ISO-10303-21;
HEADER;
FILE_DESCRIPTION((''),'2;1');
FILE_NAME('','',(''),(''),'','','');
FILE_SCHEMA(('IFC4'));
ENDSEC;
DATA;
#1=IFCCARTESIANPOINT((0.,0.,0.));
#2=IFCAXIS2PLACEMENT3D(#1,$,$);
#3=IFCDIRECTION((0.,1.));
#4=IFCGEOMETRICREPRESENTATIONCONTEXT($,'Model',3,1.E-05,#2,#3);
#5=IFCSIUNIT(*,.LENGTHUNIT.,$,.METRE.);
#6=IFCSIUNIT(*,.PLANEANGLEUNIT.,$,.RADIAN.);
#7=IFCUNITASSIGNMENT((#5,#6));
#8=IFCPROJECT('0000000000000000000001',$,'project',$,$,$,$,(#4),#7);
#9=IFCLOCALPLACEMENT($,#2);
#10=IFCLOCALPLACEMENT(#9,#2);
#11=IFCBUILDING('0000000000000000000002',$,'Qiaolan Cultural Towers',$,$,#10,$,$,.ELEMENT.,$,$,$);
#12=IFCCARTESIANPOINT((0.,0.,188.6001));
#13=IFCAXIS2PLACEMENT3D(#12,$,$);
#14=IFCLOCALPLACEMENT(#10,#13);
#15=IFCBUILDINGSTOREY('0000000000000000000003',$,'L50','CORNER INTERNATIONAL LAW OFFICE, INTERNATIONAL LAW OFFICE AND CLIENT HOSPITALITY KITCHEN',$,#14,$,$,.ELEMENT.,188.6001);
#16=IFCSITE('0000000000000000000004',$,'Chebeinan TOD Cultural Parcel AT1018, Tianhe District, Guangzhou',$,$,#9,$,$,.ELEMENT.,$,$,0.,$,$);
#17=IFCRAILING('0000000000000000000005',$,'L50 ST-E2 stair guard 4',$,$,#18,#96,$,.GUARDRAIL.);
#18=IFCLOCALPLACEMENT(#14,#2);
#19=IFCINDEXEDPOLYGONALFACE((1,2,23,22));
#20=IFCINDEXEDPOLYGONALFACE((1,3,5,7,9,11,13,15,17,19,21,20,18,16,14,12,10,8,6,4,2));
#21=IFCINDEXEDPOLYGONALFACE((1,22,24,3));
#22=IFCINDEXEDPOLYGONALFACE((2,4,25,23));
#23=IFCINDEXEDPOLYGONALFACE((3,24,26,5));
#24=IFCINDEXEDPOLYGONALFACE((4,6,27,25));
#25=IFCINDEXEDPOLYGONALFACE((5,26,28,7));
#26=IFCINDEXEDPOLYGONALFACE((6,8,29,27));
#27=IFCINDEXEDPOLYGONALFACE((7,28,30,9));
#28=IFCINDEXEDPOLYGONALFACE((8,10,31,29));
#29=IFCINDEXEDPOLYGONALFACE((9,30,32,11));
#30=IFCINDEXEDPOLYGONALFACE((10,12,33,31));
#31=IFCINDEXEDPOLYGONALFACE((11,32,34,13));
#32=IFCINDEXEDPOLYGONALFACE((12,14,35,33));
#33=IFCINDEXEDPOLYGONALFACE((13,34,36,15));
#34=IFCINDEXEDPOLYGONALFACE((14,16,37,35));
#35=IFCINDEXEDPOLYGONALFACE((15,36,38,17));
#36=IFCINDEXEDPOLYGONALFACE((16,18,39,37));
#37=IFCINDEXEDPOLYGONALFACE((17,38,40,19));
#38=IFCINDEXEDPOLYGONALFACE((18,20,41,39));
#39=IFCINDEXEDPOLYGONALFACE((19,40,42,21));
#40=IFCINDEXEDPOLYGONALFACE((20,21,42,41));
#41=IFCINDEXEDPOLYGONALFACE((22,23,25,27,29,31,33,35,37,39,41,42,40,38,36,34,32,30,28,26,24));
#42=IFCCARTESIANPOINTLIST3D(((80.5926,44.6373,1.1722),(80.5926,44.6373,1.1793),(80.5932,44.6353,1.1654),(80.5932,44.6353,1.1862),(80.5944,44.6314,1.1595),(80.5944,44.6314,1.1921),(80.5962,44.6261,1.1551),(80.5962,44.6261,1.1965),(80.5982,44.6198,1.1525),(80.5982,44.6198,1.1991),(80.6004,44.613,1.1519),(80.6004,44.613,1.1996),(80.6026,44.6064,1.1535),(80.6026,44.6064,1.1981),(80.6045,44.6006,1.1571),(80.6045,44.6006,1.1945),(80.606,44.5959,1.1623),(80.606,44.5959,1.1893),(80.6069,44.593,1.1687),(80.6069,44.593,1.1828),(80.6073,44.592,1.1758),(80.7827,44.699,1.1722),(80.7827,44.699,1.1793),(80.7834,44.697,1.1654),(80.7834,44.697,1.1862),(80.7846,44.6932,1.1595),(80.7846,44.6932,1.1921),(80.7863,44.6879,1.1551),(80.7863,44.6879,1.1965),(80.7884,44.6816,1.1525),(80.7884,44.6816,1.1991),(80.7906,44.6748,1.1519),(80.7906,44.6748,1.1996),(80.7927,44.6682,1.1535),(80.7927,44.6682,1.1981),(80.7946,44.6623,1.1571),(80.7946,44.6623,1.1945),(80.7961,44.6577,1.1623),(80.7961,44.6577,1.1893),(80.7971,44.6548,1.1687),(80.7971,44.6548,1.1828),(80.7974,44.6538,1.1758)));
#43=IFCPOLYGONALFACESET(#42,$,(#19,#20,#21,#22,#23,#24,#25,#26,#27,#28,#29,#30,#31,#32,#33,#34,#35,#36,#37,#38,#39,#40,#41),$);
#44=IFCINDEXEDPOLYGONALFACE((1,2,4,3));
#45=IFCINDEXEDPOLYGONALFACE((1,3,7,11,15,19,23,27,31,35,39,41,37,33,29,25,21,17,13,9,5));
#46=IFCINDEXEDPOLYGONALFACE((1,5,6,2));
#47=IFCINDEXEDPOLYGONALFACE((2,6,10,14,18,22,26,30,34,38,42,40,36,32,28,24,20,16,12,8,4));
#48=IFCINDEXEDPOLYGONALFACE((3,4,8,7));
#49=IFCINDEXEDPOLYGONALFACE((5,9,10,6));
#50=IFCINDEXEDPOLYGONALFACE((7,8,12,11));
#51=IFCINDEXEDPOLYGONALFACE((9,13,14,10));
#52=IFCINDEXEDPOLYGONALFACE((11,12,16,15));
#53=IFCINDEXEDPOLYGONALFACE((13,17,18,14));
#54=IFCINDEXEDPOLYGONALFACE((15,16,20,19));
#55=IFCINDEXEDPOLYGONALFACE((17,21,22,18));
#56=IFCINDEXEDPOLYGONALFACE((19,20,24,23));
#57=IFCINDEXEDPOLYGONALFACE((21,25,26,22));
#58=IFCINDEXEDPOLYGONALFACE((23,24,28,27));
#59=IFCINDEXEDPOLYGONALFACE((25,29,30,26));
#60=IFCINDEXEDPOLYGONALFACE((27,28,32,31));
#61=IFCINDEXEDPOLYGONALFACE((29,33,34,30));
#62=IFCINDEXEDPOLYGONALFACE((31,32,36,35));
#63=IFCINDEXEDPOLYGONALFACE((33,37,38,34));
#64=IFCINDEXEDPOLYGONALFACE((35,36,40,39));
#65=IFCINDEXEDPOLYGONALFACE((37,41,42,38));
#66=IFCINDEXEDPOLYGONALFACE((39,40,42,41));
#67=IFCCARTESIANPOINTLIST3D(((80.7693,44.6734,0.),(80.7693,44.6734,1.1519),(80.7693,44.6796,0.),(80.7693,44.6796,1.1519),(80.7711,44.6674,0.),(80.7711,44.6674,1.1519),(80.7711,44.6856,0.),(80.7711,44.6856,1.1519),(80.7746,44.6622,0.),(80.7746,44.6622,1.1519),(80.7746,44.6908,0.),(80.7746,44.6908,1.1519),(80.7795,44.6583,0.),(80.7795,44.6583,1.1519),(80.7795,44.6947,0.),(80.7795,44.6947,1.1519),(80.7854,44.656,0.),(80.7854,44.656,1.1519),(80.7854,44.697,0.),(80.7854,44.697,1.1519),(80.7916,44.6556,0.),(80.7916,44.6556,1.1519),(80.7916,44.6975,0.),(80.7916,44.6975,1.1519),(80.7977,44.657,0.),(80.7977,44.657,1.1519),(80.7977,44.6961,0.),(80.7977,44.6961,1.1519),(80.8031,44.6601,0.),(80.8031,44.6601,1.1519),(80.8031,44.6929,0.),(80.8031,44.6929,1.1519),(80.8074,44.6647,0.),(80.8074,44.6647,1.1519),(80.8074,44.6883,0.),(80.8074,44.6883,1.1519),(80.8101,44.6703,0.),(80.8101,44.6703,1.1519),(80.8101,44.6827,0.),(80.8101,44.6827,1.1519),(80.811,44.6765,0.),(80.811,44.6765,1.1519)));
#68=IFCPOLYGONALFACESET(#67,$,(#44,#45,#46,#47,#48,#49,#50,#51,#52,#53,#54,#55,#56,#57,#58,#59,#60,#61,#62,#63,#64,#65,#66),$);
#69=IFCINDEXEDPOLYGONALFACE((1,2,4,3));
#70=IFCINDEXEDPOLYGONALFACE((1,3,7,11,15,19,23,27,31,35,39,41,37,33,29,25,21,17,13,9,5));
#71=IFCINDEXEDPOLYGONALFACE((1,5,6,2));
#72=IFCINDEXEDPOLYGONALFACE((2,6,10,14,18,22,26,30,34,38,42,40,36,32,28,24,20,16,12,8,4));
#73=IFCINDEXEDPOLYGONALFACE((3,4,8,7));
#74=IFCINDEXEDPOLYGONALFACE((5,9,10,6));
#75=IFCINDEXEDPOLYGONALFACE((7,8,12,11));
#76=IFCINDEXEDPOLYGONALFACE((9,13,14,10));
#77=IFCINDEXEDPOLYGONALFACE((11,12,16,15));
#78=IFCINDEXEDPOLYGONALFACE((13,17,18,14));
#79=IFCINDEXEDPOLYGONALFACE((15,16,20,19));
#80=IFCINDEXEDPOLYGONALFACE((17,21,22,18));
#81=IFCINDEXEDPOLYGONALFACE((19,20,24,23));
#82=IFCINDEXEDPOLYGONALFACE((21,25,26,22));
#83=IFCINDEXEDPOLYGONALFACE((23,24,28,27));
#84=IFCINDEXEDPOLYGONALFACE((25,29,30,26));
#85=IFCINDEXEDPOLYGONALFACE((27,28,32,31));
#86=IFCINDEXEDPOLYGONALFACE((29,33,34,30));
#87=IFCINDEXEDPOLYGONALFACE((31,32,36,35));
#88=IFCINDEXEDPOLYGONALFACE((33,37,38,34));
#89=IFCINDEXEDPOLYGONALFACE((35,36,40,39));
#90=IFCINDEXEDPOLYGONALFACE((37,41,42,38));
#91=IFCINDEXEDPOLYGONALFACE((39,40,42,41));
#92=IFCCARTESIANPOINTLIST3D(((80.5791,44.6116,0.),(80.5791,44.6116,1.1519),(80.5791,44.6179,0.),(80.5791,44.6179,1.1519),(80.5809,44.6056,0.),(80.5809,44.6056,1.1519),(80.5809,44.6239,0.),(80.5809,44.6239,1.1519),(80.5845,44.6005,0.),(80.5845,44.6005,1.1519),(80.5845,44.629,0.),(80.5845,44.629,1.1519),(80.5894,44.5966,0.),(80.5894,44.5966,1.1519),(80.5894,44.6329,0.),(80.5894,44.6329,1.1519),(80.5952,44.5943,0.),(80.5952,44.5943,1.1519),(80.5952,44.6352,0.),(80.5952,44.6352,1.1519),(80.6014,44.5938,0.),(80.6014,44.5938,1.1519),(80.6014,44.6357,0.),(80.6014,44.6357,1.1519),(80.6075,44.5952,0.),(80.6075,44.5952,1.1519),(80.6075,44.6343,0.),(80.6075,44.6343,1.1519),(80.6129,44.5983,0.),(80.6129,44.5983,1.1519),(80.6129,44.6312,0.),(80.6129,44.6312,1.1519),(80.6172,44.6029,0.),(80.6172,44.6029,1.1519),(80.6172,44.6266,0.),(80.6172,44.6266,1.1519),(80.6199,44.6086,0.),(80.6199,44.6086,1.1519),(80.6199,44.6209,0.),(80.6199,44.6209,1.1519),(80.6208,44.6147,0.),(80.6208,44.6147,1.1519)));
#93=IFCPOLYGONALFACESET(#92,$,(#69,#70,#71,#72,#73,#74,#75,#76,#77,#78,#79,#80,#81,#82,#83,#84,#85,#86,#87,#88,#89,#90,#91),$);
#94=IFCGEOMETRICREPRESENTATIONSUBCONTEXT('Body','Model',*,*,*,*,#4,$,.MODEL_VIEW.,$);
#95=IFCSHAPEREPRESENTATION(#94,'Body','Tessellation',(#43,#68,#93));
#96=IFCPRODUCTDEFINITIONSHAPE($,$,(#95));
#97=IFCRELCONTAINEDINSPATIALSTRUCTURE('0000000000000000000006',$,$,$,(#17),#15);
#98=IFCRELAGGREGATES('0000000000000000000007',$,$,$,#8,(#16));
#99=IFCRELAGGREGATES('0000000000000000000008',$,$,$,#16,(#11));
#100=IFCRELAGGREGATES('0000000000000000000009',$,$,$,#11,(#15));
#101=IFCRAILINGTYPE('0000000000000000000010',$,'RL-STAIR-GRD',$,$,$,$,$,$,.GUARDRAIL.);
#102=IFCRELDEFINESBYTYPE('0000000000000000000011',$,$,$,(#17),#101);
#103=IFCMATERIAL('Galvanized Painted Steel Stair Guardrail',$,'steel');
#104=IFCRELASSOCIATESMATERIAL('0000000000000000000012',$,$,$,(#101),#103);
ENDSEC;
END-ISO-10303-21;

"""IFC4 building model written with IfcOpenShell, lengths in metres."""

from ifc_helpers import new_model, si_unit, direction, frame, origin, origin_2d, place, context, subcontext, project, spatial, circle, extrude, material, type_object, element, save


model = new_model("IFC4")

# Units and contexts
model_context = context("Model", 3, precision=1e-05, world=origin(), true_north=direction((0.0, 1.0)))
body_context = subcontext(model_context, "Body", "Model", "MODEL_VIEW")
ifc_project = project(units=[si_unit("LENGTHUNIT", "METRE"), si_unit("PLANEANGLEUNIT", "RADIAN")], contexts=[model_context])

# Site, building, storey
site_placement = place(None, origin())
site = spatial("IfcSite", under=ifc_project, at=site_placement, Name="Chebeinan TOD Cultural Parcel AT1018, Tianhe District, Guangzhou", CompositionType="ELEMENT", RefElevation=0.0)
building_placement = place(site_placement, origin())
building = spatial("IfcBuilding", under=site, at=building_placement, Name="Qiaolan Cultural Towers", CompositionType="ELEMENT")
storey_placement = place(building_placement, frame((0.0, 0.0, 188.6001)))
storey = spatial("IfcBuildingStorey", under=building, at=storey_placement, Name="L50", Description="CORNER INTERNATIONAL LAW OFFICE, INTERNATIONAL LAW OFFICE AND CLIENT HOSPITALITY KITCHEN", CompositionType="ELEMENT", Elevation=188.6001)

# Railing
ifc_material_1 = material(Name="Galvanized Painted Steel Stair Guardrail", Category="steel")
railing_type_1 = type_object("IfcRailingType", Name="RL-STAIR-GRD", PredefinedType="GUARDRAIL", material=ifc_material_1)
railing_1_placement = place(storey_placement, frame((80.79, 44.6765, 0.0)))
element("IfcRailing", 1, at=railing_1_placement, inside=storey, type_object=railing_type_1, Name="L50 ST-E2 stair guard 4", PredefinedType="GUARDRAIL", context=body_context, shape_type="SweptSolid", body=[
    extrude(circle(Radius=0.0239, at=origin_2d()), frame((0.0, 0.0, 1.1758), z_axis=(-0.951097, -0.308893, 0.0), x_axis=(0.308893, -0.951097, 0.0)), (0.0, 0.0, 1.0), 0.2),
    extrude(circle(Radius=0.021, at=origin_2d()), origin(), (0.0, 0.0, 1.0), 1.1519),
    extrude(circle(Radius=0.021, at=origin_2d()), frame((-0.1902, -0.0618, 0.0)), (0.0, 0.0, 1.0), 1.1519),
])

save(model, "model.ifc")
